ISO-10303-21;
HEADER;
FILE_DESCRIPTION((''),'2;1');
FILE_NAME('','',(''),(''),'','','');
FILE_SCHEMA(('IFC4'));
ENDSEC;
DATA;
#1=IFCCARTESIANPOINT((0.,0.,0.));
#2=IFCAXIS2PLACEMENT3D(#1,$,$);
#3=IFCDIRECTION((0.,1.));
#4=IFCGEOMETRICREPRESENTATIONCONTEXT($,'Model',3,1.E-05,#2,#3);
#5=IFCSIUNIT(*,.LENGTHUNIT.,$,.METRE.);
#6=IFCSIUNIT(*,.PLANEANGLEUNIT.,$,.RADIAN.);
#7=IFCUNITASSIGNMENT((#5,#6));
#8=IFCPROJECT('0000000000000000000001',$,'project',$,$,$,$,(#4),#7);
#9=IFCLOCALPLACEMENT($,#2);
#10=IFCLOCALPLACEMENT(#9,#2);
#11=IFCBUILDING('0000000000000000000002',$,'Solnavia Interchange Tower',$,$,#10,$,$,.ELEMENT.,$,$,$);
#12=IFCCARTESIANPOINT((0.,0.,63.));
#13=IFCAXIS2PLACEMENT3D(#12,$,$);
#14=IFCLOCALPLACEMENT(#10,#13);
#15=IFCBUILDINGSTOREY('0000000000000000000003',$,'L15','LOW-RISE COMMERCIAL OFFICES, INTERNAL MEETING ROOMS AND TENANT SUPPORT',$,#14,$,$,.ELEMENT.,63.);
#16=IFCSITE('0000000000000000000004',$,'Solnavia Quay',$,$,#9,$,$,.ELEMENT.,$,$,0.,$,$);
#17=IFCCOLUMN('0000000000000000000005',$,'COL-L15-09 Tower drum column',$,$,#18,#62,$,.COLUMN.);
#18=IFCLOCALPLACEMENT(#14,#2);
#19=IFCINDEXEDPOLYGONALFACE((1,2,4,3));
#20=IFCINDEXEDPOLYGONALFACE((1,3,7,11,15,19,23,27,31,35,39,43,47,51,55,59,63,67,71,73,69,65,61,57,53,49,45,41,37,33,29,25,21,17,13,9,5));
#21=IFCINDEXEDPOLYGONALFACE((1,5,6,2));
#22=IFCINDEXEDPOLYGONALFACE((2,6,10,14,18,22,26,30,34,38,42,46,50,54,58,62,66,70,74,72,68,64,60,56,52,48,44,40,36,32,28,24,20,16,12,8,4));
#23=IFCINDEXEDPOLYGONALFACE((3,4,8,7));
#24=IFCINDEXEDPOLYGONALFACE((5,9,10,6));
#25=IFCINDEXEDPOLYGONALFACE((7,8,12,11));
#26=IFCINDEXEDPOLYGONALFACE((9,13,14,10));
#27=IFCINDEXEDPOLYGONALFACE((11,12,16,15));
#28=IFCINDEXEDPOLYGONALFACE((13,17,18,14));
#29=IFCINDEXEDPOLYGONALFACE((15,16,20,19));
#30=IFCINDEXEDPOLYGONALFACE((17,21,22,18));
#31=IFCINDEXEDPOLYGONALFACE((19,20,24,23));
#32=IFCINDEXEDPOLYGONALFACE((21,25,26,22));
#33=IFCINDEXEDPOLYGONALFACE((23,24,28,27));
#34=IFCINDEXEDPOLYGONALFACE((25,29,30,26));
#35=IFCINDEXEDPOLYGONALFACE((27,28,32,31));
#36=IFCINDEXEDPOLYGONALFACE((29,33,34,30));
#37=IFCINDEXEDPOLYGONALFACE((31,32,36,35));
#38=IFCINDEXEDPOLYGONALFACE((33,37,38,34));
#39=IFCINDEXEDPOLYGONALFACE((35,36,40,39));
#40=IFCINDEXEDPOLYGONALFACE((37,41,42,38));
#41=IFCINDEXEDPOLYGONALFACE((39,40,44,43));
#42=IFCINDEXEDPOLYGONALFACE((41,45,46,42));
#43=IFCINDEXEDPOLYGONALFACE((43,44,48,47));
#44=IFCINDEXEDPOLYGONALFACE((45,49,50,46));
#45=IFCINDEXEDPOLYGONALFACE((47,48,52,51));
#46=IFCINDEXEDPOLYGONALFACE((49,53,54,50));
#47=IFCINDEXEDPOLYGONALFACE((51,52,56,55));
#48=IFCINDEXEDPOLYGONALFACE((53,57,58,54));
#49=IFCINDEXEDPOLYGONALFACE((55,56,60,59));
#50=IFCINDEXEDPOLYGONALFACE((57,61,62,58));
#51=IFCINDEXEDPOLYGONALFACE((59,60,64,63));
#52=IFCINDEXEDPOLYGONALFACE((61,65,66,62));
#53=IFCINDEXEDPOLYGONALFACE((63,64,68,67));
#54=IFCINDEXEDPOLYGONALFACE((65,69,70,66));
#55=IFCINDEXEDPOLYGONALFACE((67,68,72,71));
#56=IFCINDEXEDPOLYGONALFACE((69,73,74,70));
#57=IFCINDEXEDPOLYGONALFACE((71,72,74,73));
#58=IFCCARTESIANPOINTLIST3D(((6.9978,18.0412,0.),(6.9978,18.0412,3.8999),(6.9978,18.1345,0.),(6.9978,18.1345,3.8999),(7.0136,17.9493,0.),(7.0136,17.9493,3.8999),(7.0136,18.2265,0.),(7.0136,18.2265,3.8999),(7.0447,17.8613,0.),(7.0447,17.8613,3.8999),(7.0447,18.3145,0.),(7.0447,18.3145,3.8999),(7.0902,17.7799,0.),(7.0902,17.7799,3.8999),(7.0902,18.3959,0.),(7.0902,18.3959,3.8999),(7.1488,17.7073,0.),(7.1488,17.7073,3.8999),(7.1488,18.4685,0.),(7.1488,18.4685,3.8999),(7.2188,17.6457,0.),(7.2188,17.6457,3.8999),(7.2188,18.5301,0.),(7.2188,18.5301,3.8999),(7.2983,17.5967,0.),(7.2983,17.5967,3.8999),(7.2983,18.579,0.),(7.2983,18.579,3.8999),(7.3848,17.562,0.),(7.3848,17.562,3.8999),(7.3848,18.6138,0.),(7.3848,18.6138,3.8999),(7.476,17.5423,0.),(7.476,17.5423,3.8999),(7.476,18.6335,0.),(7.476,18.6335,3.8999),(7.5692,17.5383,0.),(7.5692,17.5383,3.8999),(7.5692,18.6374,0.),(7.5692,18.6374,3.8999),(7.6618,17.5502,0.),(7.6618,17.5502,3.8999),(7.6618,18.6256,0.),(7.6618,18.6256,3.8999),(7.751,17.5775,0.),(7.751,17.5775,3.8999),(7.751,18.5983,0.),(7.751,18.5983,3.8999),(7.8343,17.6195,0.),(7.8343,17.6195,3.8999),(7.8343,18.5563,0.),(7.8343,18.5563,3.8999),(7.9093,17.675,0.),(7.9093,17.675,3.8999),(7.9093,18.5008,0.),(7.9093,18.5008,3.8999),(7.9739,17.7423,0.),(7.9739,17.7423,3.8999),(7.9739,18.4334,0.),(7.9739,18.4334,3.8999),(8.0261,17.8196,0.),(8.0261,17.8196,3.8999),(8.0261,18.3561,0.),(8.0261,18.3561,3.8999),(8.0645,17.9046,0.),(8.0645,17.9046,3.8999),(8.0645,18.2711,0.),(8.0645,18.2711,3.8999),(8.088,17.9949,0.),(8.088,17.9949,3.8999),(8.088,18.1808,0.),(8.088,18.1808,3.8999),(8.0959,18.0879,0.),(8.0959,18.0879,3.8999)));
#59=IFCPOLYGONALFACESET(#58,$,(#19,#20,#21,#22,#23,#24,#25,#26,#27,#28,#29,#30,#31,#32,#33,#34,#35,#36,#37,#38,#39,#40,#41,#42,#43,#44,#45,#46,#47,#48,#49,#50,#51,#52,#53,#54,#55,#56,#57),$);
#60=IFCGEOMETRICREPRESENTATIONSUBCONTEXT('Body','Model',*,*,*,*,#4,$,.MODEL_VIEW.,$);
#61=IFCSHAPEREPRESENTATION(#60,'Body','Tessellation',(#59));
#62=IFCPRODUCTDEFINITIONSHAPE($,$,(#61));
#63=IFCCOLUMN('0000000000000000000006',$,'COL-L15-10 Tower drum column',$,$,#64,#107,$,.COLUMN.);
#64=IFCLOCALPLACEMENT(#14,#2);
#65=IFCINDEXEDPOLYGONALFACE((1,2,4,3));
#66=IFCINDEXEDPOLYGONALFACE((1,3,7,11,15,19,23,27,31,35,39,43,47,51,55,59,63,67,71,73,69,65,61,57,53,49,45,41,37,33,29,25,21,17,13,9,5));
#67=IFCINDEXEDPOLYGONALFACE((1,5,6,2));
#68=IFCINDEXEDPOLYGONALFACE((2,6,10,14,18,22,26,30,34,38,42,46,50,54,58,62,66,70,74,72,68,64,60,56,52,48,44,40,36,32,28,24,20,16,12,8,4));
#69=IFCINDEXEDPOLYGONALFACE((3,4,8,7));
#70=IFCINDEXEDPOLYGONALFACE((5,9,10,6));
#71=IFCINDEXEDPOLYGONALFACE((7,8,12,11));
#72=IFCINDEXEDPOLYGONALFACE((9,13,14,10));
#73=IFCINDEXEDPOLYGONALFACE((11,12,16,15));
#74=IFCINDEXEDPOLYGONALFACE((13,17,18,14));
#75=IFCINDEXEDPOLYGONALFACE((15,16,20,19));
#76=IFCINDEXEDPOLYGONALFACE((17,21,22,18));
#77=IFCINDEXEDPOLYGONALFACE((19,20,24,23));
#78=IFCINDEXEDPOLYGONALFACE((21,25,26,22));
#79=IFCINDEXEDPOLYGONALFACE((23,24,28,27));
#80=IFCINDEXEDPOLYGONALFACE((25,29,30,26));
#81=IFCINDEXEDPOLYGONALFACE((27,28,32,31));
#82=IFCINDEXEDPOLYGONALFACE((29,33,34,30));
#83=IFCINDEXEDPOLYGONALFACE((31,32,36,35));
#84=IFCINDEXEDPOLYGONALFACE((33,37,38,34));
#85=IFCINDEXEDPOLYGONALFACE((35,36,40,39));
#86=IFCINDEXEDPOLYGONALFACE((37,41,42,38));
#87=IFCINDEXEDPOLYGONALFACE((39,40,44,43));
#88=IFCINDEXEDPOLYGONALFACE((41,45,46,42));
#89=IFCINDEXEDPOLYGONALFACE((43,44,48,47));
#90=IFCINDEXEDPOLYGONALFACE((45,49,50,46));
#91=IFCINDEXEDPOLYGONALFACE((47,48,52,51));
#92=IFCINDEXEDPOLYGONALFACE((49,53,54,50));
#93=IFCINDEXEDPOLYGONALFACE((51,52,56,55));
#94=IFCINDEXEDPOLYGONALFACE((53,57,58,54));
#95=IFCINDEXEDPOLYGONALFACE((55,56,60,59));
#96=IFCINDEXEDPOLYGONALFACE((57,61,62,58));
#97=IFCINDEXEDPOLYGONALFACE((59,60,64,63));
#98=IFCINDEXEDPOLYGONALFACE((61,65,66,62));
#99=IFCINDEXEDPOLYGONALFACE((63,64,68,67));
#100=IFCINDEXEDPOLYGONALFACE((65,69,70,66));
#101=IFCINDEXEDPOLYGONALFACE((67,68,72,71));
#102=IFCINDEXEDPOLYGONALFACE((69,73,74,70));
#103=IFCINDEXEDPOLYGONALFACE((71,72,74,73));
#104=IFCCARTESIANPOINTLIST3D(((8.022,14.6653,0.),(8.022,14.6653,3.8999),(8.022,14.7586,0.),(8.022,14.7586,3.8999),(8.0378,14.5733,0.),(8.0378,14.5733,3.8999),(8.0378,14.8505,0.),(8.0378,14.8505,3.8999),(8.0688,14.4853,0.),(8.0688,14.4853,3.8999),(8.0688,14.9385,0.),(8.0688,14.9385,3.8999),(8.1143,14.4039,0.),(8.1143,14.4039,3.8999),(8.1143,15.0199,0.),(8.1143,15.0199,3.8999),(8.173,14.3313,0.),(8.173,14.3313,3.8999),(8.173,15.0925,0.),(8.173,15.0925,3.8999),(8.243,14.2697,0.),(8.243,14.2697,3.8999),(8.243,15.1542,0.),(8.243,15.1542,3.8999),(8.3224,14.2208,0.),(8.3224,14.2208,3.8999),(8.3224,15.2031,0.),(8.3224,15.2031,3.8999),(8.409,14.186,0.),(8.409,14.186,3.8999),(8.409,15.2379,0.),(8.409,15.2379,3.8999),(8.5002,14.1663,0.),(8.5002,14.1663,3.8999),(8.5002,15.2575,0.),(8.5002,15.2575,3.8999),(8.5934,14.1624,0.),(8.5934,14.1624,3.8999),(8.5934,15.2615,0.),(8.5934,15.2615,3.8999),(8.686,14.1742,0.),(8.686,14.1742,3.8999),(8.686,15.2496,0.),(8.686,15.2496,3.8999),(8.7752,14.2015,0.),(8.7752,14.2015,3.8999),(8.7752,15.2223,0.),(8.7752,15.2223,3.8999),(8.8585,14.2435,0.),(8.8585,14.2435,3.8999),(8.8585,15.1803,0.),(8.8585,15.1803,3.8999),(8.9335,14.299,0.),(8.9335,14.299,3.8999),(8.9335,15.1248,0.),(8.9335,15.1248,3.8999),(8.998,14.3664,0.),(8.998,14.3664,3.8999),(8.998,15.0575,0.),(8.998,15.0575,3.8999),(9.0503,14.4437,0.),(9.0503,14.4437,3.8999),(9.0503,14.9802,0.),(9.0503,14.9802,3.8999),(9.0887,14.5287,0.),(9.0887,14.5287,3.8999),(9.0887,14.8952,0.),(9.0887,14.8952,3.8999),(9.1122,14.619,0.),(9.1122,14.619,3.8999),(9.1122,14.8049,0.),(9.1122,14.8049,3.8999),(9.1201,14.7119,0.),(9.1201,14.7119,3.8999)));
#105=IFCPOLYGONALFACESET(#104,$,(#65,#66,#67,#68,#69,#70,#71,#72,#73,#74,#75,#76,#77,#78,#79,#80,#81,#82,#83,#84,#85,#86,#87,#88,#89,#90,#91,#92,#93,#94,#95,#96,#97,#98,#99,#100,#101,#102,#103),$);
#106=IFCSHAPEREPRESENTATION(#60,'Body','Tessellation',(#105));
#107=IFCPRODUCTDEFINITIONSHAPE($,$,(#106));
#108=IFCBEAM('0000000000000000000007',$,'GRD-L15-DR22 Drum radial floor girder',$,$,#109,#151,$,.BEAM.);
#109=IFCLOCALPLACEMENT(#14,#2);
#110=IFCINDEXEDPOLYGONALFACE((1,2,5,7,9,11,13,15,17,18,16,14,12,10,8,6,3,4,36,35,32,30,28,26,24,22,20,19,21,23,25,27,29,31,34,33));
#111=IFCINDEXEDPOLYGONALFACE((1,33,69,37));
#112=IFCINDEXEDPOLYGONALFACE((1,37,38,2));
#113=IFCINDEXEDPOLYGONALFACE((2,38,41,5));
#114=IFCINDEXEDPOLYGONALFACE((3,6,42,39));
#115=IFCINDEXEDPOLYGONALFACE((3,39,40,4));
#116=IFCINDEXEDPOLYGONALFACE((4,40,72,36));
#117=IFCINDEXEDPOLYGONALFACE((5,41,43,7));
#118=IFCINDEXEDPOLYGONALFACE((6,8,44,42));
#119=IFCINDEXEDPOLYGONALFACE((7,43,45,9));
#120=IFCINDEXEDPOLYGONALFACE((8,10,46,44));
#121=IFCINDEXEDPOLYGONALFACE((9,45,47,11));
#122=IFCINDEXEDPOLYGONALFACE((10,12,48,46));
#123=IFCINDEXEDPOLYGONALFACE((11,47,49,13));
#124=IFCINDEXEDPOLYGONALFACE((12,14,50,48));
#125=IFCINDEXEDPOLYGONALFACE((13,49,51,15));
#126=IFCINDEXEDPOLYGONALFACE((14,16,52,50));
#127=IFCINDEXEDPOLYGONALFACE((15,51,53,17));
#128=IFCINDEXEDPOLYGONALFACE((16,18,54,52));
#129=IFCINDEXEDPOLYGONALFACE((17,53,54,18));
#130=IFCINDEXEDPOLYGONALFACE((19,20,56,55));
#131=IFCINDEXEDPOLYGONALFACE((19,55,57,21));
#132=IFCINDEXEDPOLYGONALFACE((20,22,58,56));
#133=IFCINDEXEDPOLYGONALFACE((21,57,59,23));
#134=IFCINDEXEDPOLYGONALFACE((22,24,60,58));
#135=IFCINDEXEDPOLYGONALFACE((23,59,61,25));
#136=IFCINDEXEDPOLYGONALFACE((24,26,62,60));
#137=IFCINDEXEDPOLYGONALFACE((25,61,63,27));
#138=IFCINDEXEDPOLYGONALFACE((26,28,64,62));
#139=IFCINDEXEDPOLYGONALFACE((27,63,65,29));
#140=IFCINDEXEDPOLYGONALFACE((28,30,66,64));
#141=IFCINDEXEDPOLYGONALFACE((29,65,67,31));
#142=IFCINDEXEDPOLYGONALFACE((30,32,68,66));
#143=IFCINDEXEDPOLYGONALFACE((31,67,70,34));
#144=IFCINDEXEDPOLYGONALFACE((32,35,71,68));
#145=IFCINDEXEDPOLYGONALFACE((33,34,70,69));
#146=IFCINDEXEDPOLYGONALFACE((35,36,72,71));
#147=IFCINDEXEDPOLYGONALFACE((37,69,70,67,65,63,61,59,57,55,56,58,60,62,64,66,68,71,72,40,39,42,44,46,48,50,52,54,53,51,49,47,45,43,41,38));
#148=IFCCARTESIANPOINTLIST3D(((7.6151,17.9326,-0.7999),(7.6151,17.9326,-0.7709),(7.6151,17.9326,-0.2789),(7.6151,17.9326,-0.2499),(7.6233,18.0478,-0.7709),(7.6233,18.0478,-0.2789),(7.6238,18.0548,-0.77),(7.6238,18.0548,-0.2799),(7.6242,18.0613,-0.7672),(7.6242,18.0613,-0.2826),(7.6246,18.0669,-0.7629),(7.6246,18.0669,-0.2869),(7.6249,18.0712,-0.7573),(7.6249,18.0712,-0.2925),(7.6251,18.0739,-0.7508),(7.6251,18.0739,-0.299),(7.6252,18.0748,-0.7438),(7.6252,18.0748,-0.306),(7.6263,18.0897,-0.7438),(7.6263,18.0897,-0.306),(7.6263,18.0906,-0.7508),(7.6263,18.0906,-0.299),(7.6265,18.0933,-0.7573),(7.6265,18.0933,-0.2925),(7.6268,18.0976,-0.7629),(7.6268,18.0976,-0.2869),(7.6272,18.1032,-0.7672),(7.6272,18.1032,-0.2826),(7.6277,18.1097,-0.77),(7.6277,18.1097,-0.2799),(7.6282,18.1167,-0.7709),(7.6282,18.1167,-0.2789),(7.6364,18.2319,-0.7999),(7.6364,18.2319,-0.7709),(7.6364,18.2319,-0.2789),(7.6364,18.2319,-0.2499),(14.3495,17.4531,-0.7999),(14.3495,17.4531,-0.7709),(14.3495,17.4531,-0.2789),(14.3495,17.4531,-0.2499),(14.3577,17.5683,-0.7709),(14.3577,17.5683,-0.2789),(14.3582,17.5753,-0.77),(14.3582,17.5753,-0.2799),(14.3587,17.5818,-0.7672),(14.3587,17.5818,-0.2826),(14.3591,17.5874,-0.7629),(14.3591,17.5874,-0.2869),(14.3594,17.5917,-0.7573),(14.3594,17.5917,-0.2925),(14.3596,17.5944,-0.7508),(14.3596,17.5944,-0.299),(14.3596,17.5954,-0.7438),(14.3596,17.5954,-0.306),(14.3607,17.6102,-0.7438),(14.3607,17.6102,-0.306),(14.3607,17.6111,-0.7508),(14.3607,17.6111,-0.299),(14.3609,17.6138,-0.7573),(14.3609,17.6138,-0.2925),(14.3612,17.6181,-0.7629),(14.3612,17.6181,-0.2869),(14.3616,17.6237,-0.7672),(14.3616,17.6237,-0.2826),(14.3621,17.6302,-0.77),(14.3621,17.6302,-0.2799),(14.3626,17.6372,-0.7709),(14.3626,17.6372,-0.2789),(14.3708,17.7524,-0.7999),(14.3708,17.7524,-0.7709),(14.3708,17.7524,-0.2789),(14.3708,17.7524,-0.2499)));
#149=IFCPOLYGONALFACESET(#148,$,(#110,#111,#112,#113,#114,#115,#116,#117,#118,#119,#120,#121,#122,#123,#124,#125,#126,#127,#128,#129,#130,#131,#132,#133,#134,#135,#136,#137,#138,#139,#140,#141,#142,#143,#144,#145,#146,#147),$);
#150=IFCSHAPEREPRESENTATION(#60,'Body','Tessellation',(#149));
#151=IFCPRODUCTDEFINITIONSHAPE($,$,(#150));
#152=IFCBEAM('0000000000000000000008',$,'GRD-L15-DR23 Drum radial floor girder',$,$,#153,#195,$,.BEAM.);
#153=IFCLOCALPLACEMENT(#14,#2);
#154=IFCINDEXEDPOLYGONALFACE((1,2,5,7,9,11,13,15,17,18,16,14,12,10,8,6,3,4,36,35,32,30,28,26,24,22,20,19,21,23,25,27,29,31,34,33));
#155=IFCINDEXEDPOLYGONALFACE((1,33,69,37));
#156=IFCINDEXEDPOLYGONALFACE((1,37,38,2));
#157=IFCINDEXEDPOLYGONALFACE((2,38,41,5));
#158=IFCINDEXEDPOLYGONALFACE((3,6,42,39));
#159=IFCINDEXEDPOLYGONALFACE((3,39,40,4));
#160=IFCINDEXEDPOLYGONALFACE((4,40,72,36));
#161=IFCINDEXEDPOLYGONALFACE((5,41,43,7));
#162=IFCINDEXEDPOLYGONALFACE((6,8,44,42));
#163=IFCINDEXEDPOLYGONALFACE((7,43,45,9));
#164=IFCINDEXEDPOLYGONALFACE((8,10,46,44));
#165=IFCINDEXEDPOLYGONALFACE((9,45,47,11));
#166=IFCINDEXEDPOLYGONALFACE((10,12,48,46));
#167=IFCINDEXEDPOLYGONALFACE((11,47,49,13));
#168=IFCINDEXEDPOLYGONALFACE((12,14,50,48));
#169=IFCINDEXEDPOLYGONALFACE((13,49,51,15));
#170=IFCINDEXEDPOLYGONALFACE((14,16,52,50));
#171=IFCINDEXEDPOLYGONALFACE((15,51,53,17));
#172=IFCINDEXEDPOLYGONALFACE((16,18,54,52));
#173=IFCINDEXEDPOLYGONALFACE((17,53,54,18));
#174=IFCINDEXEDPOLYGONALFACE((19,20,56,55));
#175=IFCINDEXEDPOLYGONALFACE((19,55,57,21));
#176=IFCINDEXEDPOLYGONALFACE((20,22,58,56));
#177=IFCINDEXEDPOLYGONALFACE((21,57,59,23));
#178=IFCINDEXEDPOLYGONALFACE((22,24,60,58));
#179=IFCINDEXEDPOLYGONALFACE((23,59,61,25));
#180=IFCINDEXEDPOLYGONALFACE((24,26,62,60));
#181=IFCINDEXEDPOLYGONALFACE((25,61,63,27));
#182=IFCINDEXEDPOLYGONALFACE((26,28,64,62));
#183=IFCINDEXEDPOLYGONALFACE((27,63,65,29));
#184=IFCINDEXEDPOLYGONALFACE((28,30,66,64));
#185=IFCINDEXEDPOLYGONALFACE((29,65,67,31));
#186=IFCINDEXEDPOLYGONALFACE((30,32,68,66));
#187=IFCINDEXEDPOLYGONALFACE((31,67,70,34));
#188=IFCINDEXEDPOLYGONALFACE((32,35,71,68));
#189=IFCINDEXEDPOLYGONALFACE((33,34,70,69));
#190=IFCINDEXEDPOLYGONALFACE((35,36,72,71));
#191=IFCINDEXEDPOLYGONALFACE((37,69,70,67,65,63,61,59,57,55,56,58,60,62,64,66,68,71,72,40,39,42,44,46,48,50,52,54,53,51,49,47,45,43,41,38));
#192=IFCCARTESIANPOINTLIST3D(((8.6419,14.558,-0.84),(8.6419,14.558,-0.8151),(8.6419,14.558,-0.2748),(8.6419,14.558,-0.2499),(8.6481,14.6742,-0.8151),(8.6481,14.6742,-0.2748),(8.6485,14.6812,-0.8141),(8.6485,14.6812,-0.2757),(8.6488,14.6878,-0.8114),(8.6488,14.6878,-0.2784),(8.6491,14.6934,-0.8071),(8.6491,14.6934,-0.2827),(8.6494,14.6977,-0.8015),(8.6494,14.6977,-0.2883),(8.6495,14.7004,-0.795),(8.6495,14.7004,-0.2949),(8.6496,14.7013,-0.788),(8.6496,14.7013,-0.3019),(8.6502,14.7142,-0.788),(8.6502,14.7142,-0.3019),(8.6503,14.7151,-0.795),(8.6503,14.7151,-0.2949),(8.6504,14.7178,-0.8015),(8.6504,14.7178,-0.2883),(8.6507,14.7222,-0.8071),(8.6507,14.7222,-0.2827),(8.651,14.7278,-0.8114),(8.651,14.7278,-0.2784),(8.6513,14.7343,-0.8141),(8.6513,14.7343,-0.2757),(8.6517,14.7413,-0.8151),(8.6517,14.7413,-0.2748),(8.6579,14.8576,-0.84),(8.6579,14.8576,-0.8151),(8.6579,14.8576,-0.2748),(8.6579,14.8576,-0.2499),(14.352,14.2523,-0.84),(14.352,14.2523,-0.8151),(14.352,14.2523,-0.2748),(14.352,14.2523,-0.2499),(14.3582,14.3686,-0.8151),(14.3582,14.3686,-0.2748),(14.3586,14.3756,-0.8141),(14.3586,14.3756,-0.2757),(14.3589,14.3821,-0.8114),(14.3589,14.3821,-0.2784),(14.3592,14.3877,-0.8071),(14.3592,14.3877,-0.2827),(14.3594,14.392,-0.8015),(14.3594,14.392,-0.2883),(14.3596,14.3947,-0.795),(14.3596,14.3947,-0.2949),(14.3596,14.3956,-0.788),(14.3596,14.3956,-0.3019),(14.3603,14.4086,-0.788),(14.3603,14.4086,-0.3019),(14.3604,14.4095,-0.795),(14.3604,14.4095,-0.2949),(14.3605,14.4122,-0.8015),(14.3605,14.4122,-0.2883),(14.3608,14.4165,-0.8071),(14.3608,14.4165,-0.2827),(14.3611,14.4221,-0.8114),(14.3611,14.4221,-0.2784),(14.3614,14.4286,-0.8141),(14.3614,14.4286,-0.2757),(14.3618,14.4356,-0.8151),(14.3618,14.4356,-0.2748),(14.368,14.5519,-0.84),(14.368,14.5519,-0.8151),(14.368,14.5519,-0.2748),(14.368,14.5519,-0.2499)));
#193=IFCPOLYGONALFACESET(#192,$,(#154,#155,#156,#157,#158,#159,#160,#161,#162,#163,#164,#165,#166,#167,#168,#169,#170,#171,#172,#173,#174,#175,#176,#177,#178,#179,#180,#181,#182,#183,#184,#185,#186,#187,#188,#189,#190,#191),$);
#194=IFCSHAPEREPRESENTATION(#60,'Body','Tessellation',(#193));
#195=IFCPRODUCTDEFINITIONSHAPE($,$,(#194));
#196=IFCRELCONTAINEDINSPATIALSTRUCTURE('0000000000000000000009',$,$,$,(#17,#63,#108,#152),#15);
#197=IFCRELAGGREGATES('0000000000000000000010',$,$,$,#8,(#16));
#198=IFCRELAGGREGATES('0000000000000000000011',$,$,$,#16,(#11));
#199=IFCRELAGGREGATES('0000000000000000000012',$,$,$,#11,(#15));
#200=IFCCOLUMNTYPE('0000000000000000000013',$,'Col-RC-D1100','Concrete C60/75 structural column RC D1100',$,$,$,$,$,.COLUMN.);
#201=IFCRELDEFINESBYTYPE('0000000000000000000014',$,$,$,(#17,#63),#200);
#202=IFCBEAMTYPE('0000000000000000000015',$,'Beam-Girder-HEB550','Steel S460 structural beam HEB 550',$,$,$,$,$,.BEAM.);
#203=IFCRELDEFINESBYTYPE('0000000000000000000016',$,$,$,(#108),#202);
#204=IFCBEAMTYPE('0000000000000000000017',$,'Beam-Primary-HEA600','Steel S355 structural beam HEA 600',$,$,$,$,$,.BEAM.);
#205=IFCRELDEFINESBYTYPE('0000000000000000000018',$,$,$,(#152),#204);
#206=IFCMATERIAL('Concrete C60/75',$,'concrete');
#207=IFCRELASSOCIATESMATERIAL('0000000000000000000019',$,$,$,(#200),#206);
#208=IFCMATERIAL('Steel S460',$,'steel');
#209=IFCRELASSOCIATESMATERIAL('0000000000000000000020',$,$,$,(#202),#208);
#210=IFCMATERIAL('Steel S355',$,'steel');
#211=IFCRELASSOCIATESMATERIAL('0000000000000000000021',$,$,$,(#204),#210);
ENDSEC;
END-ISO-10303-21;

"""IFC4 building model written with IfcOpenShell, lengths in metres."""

from ifc_helpers import new_model, si_unit, direction, frame, origin, origin_2d, place, context, subcontext, project, spatial, circle, i_section, extrude, material, material_profile, profile_set, type_object, element, save


model = new_model("IFC4")

# Units and contexts
model_context = context("Model", 3, precision=1e-05, world=origin(), true_north=direction((0.0, 1.0)))
body_context = subcontext(model_context, "Body", "Model", "MODEL_VIEW")
ifc_project = project(units=[si_unit("LENGTHUNIT", "METRE"), si_unit("PLANEANGLEUNIT", "RADIAN")], contexts=[model_context])

# Site, building, storey
site_placement = place(None, origin())
site = spatial("IfcSite", under=ifc_project, at=site_placement, Name="Solnavia Quay", CompositionType="ELEMENT", RefElevation=0.0)
building_placement = place(site_placement, origin())
building = spatial("IfcBuilding", under=site, at=building_placement, Name="Solnavia Interchange Tower", CompositionType="ELEMENT")
storey_placement = place(building_placement, frame((0.0, 0.0, 63.0)))
storey = spatial("IfcBuildingStorey", under=building, at=storey_placement, Name="L15", Description="LOW-RISE COMMERCIAL OFFICES, INTERNAL MEETING ROOMS AND TENANT SUPPORT", CompositionType="ELEMENT", Elevation=63.0)

# Columns
ifc_material_1 = material(Name="Concrete C60/75", Category="concrete")
ifc_material_profile_1 = material_profile(ifc_material_1, circle(Radius=0.55, at=origin_2d()), Name="RC D1100")
ifc_profile_set_1 = profile_set([ifc_material_profile_1], Name="Concrete C60/75")
column_type = type_object("IfcColumnType", Name="Col-RC-D1100", Description="Concrete C60/75 structural column RC D1100", PredefinedType="COLUMN", material=ifc_profile_set_1)
for number, where, z_axis, x_axis, name in (
    (1, (7.5459, 18.0879, 0.0), (0.0, 0.0, 1.0), (1.0, 0.0, 0.0), "COL-L15-09 Tower drum column"),
    (2, (8.5701, 14.7119, 0.0), (0.0, 0.0, 1.0), (1.0, 0.0, 0.0), "COL-L15-10 Tower drum column"),
):
    element("IfcColumn", number, at=place(storey_placement, frame(where, z_axis=z_axis, x_axis=x_axis)), inside=storey, type_object=column_type, Name=name, PredefinedType="COLUMN", context=body_context, shape_type="SweptSolid", body=[
        extrude(circle(Radius=0.55, at=origin_2d()), origin(), (0.0, 0.0, 1.0), 3.8999),
    ])

# Beams
ifc_material_2 = material(Name="Steel S460", Category="steel")
ifc_material_profile_2 = material_profile(ifc_material_2, i_section(OverallWidth=0.3, OverallDepth=0.55, WebThickness=0.0149, FlangeThickness=0.0291, FilletRadius=0.0271, at=origin_2d()), Name="HEB 550")
ifc_profile_set_2 = profile_set([ifc_material_profile_2], Name="Steel S460")
beam_type_1 = type_object("IfcBeamType", Name="Beam-Girder-HEB550", Description="Steel S460 structural beam HEB 550", PredefinedType="BEAM", material=ifc_profile_set_2)
beam_1_placement = place(storey_placement, frame((7.6257, 18.0823, -0.5249), z_axis=(0.997475, -0.071021, 0.0), x_axis=(0.071021, 0.997475, 0.0)))
element("IfcBeam", 3, at=beam_1_placement, inside=storey, type_object=beam_type_1, Name="GRD-L15-DR22 Drum radial floor girder", PredefinedType="BEAM", context=body_context, shape_type="SweptSolid", body=[
    extrude(i_section(OverallWidth=0.3, OverallDepth=0.55, WebThickness=0.0149, FlangeThickness=0.0291, FilletRadius=0.0271, at=origin_2d()), origin(), (0.0, 0.0, 1.0), 6.7515),
])
ifc_material_3 = material(Name="Steel S355", Category="steel")
ifc_material_profile_3 = material_profile(ifc_material_3, i_section(OverallWidth=0.3, OverallDepth=0.5901, WebThickness=0.0129, FlangeThickness=0.0249, FilletRadius=0.0271, at=origin_2d()), Name="HEA 600")
ifc_profile_set_3 = profile_set([ifc_material_profile_3], Name="Steel S355")
beam_type_2 = type_object("IfcBeamType", Name="Beam-Primary-HEA600", Description="Steel S355 structural beam HEA 600", PredefinedType="BEAM", material=ifc_profile_set_3)
beam_2_placement = place(storey_placement, frame((8.6499, 14.7078, -0.5449), z_axis=(0.99857, -0.053453, 0.0), x_axis=(0.053453, 0.99857, 0.0)))
element("IfcBeam", 4, at=beam_2_placement, inside=storey, type_object=beam_type_2, Name="GRD-L15-DR23 Drum radial floor girder", PredefinedType="BEAM", context=body_context, shape_type="SweptSolid", body=[
    extrude(i_section(OverallWidth=0.3, OverallDepth=0.5901, WebThickness=0.0129, FlangeThickness=0.0249, FilletRadius=0.0271, at=origin_2d()), origin(), (0.0, 0.0, 1.0), 5.7183),
])

save(model, "model.ifc")
